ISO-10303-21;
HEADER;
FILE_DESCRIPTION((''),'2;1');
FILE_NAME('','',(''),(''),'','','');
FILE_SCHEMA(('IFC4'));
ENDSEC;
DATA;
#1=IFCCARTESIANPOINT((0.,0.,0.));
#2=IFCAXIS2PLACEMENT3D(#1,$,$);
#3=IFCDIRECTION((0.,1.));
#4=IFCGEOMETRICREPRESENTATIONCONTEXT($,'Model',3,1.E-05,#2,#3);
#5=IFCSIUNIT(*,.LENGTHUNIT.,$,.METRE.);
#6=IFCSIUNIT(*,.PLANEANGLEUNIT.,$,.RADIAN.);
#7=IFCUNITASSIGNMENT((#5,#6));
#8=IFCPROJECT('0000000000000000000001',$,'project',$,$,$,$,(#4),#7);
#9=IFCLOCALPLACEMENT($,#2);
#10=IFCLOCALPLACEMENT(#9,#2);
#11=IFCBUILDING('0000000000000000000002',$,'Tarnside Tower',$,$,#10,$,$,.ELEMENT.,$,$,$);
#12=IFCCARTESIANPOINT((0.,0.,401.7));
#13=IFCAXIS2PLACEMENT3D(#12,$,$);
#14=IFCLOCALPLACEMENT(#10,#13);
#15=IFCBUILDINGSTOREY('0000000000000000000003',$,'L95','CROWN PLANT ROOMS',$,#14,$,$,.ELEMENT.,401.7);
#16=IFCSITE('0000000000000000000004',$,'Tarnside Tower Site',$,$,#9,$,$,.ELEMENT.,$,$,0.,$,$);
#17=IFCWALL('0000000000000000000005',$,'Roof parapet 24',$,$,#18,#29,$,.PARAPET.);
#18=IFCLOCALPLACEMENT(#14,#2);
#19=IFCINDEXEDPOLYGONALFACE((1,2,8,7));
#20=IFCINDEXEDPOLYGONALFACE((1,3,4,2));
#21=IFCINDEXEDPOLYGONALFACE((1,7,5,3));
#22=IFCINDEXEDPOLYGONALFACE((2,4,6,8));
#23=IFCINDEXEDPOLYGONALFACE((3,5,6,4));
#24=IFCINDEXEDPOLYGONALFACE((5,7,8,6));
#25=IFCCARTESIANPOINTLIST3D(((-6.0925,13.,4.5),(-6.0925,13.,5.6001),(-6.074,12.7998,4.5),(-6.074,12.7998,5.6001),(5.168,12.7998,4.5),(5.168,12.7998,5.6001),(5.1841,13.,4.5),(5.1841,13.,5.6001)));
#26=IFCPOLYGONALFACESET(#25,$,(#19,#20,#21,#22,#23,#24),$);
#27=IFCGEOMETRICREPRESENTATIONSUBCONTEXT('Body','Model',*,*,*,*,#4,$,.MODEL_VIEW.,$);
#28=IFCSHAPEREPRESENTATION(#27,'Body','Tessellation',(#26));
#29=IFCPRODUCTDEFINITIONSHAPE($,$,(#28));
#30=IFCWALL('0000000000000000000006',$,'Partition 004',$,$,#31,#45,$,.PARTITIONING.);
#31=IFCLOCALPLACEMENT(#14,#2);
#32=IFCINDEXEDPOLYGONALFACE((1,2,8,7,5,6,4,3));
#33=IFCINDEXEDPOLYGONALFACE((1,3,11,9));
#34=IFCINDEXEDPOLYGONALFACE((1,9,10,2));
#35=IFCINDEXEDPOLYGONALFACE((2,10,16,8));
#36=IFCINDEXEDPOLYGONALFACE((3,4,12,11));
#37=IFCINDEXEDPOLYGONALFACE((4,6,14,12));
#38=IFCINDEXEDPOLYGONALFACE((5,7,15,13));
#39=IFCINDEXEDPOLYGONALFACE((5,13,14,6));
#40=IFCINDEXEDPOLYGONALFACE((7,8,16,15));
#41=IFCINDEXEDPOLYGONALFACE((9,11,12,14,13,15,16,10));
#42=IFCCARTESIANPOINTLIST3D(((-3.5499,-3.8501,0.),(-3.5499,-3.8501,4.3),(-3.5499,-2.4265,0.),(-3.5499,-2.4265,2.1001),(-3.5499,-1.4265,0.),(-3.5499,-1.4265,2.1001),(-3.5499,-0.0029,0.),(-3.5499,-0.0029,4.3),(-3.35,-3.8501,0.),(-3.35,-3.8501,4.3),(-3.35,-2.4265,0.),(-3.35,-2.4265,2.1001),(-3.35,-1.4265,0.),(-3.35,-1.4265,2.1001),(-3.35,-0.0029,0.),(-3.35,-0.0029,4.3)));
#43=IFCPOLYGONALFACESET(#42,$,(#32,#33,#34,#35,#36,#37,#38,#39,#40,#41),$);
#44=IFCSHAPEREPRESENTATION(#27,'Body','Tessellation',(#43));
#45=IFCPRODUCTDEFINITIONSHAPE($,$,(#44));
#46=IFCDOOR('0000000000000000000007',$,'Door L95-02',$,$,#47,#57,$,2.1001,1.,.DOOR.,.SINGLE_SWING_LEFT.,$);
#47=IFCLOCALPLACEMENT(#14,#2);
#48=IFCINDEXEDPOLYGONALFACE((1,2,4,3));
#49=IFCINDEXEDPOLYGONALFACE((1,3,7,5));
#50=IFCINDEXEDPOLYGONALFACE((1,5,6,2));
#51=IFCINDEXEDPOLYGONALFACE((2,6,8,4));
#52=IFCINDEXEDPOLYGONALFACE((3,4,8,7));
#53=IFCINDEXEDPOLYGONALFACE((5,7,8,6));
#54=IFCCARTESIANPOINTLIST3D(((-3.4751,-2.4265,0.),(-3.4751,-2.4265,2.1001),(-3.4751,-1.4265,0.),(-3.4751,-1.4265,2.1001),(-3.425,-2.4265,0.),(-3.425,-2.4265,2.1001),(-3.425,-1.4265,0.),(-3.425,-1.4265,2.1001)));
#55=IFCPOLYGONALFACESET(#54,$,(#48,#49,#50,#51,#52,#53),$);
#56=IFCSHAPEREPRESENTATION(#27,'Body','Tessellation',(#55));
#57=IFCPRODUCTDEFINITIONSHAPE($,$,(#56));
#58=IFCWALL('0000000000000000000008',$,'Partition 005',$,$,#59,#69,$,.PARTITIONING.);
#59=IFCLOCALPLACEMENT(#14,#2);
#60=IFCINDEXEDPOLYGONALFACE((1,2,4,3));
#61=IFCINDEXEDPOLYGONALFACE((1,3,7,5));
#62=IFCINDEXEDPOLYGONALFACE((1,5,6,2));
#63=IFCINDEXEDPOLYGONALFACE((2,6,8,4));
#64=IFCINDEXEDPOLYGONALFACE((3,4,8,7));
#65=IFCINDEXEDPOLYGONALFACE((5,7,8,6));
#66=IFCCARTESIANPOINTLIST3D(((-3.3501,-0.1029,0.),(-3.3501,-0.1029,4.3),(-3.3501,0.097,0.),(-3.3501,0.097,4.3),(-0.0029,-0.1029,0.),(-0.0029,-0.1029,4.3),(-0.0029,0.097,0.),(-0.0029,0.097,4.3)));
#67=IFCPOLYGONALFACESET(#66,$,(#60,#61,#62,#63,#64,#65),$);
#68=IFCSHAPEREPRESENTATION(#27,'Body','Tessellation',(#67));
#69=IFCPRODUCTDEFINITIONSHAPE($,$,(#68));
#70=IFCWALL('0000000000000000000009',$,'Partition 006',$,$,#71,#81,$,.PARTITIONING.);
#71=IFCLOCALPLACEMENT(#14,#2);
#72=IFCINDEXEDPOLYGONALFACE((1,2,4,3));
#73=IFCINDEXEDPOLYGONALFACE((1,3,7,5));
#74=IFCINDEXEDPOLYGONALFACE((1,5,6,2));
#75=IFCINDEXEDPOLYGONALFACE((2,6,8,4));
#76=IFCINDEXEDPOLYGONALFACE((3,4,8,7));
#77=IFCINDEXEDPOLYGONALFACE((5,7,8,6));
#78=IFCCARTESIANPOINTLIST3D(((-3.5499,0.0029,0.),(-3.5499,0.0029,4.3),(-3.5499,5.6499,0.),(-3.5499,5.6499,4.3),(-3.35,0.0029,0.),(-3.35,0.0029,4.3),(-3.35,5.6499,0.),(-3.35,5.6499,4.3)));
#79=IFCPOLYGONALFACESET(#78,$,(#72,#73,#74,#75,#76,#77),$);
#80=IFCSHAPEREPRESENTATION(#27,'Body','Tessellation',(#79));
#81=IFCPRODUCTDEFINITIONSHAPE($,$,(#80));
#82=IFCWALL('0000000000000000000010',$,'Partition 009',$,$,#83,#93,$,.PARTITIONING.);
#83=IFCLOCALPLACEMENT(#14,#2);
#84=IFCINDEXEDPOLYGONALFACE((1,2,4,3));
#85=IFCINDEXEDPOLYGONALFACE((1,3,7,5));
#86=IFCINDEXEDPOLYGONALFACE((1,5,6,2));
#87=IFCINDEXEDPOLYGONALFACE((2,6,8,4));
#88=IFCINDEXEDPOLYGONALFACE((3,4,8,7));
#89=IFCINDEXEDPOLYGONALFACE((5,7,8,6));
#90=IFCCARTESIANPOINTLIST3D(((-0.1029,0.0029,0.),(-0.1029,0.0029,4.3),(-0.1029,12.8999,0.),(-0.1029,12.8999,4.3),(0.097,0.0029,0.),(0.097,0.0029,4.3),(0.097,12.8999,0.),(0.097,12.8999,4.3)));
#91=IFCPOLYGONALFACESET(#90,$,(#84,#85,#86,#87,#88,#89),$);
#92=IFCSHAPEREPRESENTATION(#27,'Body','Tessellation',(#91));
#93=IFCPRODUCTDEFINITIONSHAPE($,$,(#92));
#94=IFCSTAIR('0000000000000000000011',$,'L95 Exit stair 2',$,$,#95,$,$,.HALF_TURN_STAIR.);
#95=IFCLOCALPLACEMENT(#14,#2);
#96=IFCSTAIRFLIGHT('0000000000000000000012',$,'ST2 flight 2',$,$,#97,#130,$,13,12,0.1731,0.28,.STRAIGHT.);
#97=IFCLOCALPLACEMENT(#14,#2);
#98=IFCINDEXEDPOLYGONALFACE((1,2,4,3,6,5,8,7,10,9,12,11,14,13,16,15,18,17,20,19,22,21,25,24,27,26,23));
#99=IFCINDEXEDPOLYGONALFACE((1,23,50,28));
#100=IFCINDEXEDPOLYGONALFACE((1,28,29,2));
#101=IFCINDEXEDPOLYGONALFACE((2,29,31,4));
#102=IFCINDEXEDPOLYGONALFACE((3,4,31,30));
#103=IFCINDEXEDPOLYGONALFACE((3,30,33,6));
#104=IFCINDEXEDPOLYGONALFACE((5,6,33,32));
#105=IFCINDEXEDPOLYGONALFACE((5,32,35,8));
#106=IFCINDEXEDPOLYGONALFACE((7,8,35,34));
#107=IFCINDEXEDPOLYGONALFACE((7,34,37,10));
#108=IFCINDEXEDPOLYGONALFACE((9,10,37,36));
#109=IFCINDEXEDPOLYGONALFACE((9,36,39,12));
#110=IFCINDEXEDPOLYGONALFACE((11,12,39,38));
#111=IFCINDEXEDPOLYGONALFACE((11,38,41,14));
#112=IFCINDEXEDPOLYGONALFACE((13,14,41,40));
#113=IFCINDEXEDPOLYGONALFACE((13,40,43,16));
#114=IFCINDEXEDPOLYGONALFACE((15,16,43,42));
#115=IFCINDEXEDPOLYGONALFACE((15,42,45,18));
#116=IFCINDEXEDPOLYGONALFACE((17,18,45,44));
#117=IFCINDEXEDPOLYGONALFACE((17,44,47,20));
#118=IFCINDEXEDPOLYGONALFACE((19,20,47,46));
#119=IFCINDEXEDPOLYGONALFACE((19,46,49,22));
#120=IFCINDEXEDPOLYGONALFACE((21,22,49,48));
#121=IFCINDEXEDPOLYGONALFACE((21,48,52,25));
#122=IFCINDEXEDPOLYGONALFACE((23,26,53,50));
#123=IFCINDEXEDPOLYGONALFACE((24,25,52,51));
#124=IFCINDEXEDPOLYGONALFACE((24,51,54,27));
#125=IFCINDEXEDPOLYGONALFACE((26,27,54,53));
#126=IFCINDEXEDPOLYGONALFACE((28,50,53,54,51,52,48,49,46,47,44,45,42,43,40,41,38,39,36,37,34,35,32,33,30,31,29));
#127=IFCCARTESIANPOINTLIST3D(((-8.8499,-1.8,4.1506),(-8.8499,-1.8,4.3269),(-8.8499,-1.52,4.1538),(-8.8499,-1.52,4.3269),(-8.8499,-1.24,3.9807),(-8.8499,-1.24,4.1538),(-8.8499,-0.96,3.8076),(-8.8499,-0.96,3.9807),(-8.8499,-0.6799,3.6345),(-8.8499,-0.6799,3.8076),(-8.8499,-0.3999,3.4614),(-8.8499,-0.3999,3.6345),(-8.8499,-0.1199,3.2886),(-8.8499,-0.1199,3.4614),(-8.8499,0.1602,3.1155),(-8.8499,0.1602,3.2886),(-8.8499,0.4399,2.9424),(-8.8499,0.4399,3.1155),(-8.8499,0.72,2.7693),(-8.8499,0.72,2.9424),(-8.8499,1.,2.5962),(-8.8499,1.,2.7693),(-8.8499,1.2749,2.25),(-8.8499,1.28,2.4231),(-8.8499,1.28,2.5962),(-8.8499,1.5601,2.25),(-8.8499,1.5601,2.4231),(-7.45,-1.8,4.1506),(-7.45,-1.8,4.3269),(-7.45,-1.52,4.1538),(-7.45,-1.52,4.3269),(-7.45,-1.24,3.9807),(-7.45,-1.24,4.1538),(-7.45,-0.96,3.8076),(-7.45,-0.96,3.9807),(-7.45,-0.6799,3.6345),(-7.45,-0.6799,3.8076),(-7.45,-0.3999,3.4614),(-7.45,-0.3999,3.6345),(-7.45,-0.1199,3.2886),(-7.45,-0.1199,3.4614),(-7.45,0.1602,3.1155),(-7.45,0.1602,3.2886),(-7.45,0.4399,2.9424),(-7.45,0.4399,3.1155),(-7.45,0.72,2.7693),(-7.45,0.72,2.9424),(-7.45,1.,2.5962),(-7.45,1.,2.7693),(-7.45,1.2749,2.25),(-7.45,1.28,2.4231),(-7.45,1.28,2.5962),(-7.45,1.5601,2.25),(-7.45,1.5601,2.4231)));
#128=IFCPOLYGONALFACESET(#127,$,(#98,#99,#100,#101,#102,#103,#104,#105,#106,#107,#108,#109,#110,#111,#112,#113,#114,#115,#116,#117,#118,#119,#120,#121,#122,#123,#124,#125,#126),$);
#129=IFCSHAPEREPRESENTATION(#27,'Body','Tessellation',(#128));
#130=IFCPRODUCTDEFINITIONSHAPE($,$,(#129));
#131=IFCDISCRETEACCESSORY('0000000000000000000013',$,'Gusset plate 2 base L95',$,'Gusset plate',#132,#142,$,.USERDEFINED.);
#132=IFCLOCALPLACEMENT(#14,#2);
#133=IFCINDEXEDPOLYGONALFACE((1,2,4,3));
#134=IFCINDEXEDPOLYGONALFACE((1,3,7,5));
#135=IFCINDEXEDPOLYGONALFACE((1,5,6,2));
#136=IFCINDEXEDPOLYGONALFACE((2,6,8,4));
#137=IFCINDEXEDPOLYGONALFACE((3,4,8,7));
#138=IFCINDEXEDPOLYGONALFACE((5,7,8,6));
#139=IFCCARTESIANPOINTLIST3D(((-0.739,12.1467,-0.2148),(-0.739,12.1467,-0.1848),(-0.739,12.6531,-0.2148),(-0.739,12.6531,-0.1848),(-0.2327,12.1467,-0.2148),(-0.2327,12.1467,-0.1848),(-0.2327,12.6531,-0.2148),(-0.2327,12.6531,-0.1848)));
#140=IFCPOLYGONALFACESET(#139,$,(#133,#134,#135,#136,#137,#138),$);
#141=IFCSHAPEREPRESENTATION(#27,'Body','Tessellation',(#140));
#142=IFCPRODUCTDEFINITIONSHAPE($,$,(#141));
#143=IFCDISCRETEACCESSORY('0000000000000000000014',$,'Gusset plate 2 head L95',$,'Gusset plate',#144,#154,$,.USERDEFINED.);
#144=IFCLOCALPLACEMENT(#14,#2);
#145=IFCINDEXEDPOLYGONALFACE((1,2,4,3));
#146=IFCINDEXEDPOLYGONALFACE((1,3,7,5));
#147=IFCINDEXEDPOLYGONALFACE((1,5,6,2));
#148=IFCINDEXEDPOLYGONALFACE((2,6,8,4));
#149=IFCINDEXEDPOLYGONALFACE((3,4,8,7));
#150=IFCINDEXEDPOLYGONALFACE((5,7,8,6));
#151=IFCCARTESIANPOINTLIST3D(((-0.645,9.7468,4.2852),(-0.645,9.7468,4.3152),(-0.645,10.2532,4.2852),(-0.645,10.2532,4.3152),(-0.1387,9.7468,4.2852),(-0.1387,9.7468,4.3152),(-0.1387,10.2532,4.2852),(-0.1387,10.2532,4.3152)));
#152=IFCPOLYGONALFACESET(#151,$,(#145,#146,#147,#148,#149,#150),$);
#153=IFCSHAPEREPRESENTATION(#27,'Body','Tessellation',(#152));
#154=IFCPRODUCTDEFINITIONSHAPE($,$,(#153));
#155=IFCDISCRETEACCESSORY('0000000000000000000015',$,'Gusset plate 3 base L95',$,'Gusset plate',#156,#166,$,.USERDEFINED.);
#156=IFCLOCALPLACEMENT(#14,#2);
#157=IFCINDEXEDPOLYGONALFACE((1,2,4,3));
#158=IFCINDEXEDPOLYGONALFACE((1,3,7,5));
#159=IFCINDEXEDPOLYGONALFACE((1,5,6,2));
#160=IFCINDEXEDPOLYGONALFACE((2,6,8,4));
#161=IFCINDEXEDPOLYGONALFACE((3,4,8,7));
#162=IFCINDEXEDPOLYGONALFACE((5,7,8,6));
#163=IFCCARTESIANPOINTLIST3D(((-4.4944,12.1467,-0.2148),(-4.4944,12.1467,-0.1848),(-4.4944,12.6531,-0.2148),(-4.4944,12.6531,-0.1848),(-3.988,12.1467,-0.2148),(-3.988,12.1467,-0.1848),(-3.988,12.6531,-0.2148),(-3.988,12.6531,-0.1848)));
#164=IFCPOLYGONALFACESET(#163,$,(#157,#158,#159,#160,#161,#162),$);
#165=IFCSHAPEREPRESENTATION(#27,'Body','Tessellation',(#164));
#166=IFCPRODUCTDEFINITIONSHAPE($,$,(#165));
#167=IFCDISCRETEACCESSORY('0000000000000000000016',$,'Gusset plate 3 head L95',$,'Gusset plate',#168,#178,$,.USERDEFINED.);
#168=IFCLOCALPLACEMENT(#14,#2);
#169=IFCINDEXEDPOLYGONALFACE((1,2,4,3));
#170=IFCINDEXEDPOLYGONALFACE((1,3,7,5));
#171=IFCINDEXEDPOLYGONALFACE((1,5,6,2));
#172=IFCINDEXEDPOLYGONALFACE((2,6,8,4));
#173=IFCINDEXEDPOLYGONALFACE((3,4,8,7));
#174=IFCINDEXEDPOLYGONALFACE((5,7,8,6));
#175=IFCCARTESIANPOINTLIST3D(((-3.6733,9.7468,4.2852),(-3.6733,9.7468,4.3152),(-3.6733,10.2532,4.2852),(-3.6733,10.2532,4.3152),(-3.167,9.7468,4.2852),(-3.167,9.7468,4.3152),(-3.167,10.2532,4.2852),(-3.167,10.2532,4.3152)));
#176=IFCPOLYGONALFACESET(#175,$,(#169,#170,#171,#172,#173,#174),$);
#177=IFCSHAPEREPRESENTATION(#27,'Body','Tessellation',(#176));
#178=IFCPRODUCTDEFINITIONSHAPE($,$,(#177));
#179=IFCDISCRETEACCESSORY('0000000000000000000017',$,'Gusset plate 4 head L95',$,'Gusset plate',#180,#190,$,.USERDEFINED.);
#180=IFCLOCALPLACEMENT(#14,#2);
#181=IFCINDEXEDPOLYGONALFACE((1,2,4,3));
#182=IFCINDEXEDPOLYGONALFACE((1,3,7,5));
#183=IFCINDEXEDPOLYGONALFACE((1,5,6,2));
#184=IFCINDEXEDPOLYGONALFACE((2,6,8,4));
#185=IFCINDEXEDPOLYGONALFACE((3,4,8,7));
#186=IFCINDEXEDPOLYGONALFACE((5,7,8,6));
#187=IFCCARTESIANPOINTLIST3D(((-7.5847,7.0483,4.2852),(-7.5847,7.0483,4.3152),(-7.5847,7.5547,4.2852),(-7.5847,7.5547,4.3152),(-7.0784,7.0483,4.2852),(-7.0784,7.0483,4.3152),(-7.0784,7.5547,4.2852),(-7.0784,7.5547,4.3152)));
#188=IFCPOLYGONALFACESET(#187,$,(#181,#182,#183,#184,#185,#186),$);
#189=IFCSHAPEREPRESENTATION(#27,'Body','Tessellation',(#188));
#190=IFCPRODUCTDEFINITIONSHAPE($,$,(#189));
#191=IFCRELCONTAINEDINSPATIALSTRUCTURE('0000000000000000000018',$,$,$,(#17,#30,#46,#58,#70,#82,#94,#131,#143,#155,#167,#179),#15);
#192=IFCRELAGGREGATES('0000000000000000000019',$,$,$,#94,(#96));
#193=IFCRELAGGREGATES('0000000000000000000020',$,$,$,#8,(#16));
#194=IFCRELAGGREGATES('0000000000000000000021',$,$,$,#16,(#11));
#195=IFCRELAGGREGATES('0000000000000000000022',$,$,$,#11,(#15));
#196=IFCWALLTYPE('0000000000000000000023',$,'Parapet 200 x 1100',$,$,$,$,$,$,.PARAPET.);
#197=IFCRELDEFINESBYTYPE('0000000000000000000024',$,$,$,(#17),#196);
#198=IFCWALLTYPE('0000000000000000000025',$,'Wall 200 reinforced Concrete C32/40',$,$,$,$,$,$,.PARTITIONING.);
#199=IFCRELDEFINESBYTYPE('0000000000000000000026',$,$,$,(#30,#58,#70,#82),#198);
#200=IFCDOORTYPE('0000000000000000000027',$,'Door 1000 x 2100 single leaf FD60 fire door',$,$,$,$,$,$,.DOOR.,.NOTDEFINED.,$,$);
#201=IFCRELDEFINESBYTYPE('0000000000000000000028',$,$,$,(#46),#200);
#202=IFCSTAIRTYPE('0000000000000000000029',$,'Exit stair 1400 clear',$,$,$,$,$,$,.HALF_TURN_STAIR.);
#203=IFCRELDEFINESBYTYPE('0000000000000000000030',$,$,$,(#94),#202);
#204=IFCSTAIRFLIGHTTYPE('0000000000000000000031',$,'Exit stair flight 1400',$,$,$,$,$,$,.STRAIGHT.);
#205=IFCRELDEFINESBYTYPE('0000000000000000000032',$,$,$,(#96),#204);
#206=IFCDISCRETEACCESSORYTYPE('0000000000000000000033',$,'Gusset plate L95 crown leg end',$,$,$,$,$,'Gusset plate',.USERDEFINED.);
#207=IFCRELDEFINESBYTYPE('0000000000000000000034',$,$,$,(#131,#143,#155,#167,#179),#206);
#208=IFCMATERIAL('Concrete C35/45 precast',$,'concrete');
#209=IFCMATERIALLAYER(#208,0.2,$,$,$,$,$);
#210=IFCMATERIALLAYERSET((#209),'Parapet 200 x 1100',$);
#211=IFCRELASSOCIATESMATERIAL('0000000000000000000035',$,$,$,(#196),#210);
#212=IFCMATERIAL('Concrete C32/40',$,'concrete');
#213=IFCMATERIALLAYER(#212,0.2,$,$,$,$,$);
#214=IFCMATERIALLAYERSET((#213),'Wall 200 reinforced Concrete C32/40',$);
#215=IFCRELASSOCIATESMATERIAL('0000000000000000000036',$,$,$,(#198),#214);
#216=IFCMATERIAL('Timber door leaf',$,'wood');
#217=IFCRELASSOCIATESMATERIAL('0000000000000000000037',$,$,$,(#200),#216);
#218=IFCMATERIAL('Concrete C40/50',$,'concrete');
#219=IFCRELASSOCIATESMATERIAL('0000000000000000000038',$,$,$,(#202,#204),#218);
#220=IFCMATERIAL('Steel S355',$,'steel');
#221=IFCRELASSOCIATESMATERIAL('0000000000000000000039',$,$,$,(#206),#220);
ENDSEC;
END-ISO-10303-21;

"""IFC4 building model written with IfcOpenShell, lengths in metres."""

from ifc_helpers import new_model, si_unit, direction, frame, frame_2d, origin, origin_2d, place, context, subcontext, project, spatial, polyline, rectangle, outline, extrude, material, layer, layer_set, type_object, element, fill, aggregate, save


model = new_model("IFC4")

# Units and contexts
model_context = context("Model", 3, precision=1e-05, world=origin(), true_north=direction((0.0, 1.0)))
body_context = subcontext(model_context, "Body", "Model", "MODEL_VIEW")
ifc_project = project(units=[si_unit("LENGTHUNIT", "METRE"), si_unit("PLANEANGLEUNIT", "RADIAN")], contexts=[model_context])

# Site, building, storey
site_placement = place(None, origin())
site = spatial("IfcSite", under=ifc_project, at=site_placement, Name="Tarnside Tower Site", CompositionType="ELEMENT", RefElevation=0.0)
building_placement = place(site_placement, origin())
building = spatial("IfcBuilding", under=site, at=building_placement, Name="Tarnside Tower", CompositionType="ELEMENT")
storey_placement = place(building_placement, frame((0.0, 0.0, 401.7)))
storey = spatial("IfcBuildingStorey", under=building, at=storey_placement, Name="L95", Description="CROWN PLANT ROOMS", CompositionType="ELEMENT", Elevation=401.7)

# Shared definitions
ifc_material_1 = material(Name="Steel S355", Category="steel")

# Wall
ifc_material_2 = material(Name="Concrete C35/45 precast", Category="concrete")
ifc_layer_1 = layer(ifc_material_2, 0.2)
ifc_layer_set_1 = layer_set([ifc_layer_1], Name="Parapet 200 x 1100")
wall_type_1 = type_object("IfcWallType", Name="Parapet 200 x 1100", PredefinedType="PARAPET", material=ifc_layer_set_1)
wall_1_placement = place(storey_placement, frame((-6.0833, 12.8999, 4.5), z_axis=(0.0, 0.0, 1.0), x_axis=(1.0, 0.0, 0.0)))
element("IfcWall", 1, at=wall_1_placement, inside=storey, type_object=wall_type_1, Name="Roof parapet 24", PredefinedType="PARAPET", context=body_context, shape_type="SweptSolid", body=[
    extrude(outline(polyline([(0.0093, -0.1001), (11.2512, -0.1001), (11.2673, 0.1001), (-0.0093, 0.1001), (0.0093, -0.1001)])), origin(), (0.0, 0.0, 1.0), 1.1001),
])

# Wall, opening, door
ifc_material_3 = material(Name="Concrete C32/40", Category="concrete")
ifc_layer_2 = layer(ifc_material_3, 0.2)
ifc_layer_set_2 = layer_set([ifc_layer_2], Name="Wall 200 reinforced Concrete C32/40")
wall_type_2 = type_object("IfcWallType", Name="Wall 200 reinforced Concrete C32/40", PredefinedType="PARTITIONING", material=ifc_layer_set_2)
wall_2_placement = place(storey_placement, frame((-3.45, -0.0029, 0.0), z_axis=(0.0, 0.0, 1.0), x_axis=(0.0, -1.0, 0.0)))
wall_2 = element("IfcWall", 2, at=wall_2_placement, inside=storey, type_object=wall_type_2, Name="Partition 004", PredefinedType="PARTITIONING", context=body_context, shape_type="SweptSolid", body=[
    extrude(rectangle(XDim=3.8472, YDim=0.2, at=frame_2d((1.9236, 0.0))), origin(), (0.0, 0.0, 1.0), 4.3),
])
opening_placement = place(wall_2_placement, frame((1.4236, 0.0, 0.0)))
opening = element("IfcOpeningElement", 3, at=opening_placement, cuts=wall_2, PredefinedType="OPENING", context=body_context, shape_type="SweptSolid", body=[
    extrude(rectangle(XDim=1.0, YDim=2.1001, at=frame_2d((0.5, 1.05))), frame((0.0, 0.1099, 0.0), z_axis=(0.0, -1.0, 0.0), x_axis=(1.0, 0.0, 0.0)), (0.0, 0.0, 1.0), 0.22),
])
ifc_material_4 = material(Name="Timber door leaf", Category="wood")
door_type = type_object("IfcDoorType", Name="Door 1000 x 2100 single leaf FD60 fire door", OperationType="NOTDEFINED", PredefinedType="DOOR", material=ifc_material_4)
door_placement = place(opening_placement, origin())
door = element("IfcDoor", 4, at=door_placement, inside=storey, type_object=door_type, Name="Door L95-02", OperationType="SINGLE_SWING_LEFT", OverallHeight=2.1001, OverallWidth=1.0, PredefinedType="DOOR", context=body_context, shape_type="SweptSolid", body=[
    extrude(rectangle(XDim=1.0, YDim=2.1001, at=frame_2d((0.5, 1.05))), frame((0.0, 0.0249, 0.0), z_axis=(0.0, -1.0, 0.0), x_axis=(1.0, 0.0, 0.0)), (0.0, 0.0, 1.0), 0.05),
])
fill(opening, door)

# Walls
wall_3_placement = place(storey_placement, frame((-3.3501, -0.0029, 0.0), z_axis=(0.0, 0.0, 1.0), x_axis=(1.0, 0.0, 0.0)))
element("IfcWall", 5, at=wall_3_placement, inside=storey, type_object=wall_type_2, Name="Partition 005", PredefinedType="PARTITIONING", context=body_context, shape_type="SweptSolid", body=[
    extrude(rectangle(XDim=3.3472, YDim=0.2, at=frame_2d((1.6736, 0.0))), origin(), (0.0, 0.0, 1.0), 4.3),
])
wall_4_placement = place(storey_placement, frame((-3.45, 0.0029, 0.0), z_axis=(0.0, 0.0, 1.0), x_axis=(0.0, 1.0, 0.0)))
element("IfcWall", 6, at=wall_4_placement, inside=storey, type_object=wall_type_2, Name="Partition 006", PredefinedType="PARTITIONING", context=body_context, shape_type="SweptSolid", body=[
    extrude(rectangle(XDim=5.647, YDim=0.2, at=frame_2d((2.8235, 0.0))), origin(), (0.0, 0.0, 1.0), 4.3),
])
wall_5_placement = place(storey_placement, frame((-0.0029, 12.8999, 0.0), z_axis=(0.0, 0.0, 1.0), x_axis=(0.0, -1.0, 0.0)))
element("IfcWall", 7, at=wall_5_placement, inside=storey, type_object=wall_type_2, Name="Partition 009", PredefinedType="PARTITIONING", context=body_context, shape_type="SweptSolid", body=[
    extrude(rectangle(XDim=12.897, YDim=0.2, at=frame_2d((6.4485, 0.0))), origin(), (0.0, 0.0, 1.0), 4.3),
])

# Stair, stair flight
ifc_material_5 = material(Name="Concrete C40/50", Category="concrete")
stair_type = type_object("IfcStairType", Name="Exit stair 1400 clear", PredefinedType="HALF_TURN_STAIR", material=ifc_material_5)
stair_placement = place(storey_placement, origin())
stair = element("IfcStair", 8, at=stair_placement, inside=storey, type_object=stair_type, Name="L95 Exit stair 2", PredefinedType="HALF_TURN_STAIR")
stair_flight_type = type_object("IfcStairFlightType", Name="Exit stair flight 1400", PredefinedType="STRAIGHT", material=ifc_material_5)
stair_flight_placement = place(storey_placement, frame((-8.1499, 1.5601, 2.25), z_axis=(0.0, 0.0, 1.0), x_axis=(0.0, -1.0, 0.0)))
stair_flight = element("IfcStairFlight", 9, at=stair_flight_placement, type_object=stair_flight_type, Name="ST2 flight 2", NumberOfRisers=13, NumberOfTreads=12, PredefinedType="STRAIGHT", RiserHeight=0.1731, TreadLength=0.28, context=body_context, shape_type="SweptSolid", body=[
    extrude(outline(polyline([(0.0, 0.0), (0.0, 0.1731), (0.28, 0.1731), (0.28, 0.3462), (0.5601, 0.3462), (0.5601, 0.5193), (0.8401, 0.5193), (0.8401, 0.6924), (1.1201, 0.6924), (1.1201, 0.8655), (1.3999, 0.8655), (1.3999, 1.0386), (1.6799, 1.0386), (1.6799, 1.2114), (1.96, 1.2114), (1.96, 1.3845), (2.24, 1.3845), (2.24, 1.5576), (2.52, 1.5576), (2.52, 1.7307), (2.8, 1.7307), (2.8, 1.9038), (3.0801, 1.9038), (3.0801, 2.0769), (3.3601, 2.0769), (3.3601, 2.25), (3.3601, 1.9006), (0.2852, 0.0), (0.0, 0.0)])), frame((0.0, 0.7, 0.0), z_axis=(0.0, -1.0, 0.0), x_axis=(1.0, 0.0, 0.0)), (0.0, 0.0, 1.0), 1.3999),
])
aggregate(stair, [stair_flight])

# Discrete accessories
discrete_accessory_type = type_object("IfcDiscreteAccessoryType", Name="Gusset plate L95 crown leg end", ElementType="Gusset plate", PredefinedType="USERDEFINED", material=ifc_material_1)
for number, where, z_axis, x_axis, name in (
    (10, (-0.4858, 12.3999, -0.2148), (0.0, 0.0, 1.0), (1.0, 0.0, 0.0), "Gusset plate 2 base L95"),
    (11, (-0.3918, 10.0, 4.2852), (0.0, 0.0, 1.0), (1.0, 0.0, 0.0), "Gusset plate 2 head L95"),
    (12, (-4.2412, 12.3999, -0.2148), (0.0, 0.0, 1.0), (1.0, 0.0, 0.0), "Gusset plate 3 base L95"),
    (13, (-3.4202, 10.0, 4.2852), (0.0, 0.0, 1.0), (1.0, 0.0, 0.0), "Gusset plate 3 head L95"),
    (14, (-7.3315, 7.3015, 4.2852), (0.0, 0.0, 1.0), (1.0, 0.0, 0.0), "Gusset plate 4 head L95"),
):
    element("IfcDiscreteAccessory", number, at=place(storey_placement, frame(where, z_axis=z_axis, x_axis=x_axis)), inside=storey, type_object=discrete_accessory_type, Name=name, ObjectType="Gusset plate", PredefinedType="USERDEFINED", context=body_context, shape_type="SweptSolid", body=[
        extrude(rectangle(XDim=0.5063, YDim=0.5063, at=origin_2d()), origin(), (0.0, 0.0, 1.0), 0.03),
    ])

save(model, "model.ifc")
